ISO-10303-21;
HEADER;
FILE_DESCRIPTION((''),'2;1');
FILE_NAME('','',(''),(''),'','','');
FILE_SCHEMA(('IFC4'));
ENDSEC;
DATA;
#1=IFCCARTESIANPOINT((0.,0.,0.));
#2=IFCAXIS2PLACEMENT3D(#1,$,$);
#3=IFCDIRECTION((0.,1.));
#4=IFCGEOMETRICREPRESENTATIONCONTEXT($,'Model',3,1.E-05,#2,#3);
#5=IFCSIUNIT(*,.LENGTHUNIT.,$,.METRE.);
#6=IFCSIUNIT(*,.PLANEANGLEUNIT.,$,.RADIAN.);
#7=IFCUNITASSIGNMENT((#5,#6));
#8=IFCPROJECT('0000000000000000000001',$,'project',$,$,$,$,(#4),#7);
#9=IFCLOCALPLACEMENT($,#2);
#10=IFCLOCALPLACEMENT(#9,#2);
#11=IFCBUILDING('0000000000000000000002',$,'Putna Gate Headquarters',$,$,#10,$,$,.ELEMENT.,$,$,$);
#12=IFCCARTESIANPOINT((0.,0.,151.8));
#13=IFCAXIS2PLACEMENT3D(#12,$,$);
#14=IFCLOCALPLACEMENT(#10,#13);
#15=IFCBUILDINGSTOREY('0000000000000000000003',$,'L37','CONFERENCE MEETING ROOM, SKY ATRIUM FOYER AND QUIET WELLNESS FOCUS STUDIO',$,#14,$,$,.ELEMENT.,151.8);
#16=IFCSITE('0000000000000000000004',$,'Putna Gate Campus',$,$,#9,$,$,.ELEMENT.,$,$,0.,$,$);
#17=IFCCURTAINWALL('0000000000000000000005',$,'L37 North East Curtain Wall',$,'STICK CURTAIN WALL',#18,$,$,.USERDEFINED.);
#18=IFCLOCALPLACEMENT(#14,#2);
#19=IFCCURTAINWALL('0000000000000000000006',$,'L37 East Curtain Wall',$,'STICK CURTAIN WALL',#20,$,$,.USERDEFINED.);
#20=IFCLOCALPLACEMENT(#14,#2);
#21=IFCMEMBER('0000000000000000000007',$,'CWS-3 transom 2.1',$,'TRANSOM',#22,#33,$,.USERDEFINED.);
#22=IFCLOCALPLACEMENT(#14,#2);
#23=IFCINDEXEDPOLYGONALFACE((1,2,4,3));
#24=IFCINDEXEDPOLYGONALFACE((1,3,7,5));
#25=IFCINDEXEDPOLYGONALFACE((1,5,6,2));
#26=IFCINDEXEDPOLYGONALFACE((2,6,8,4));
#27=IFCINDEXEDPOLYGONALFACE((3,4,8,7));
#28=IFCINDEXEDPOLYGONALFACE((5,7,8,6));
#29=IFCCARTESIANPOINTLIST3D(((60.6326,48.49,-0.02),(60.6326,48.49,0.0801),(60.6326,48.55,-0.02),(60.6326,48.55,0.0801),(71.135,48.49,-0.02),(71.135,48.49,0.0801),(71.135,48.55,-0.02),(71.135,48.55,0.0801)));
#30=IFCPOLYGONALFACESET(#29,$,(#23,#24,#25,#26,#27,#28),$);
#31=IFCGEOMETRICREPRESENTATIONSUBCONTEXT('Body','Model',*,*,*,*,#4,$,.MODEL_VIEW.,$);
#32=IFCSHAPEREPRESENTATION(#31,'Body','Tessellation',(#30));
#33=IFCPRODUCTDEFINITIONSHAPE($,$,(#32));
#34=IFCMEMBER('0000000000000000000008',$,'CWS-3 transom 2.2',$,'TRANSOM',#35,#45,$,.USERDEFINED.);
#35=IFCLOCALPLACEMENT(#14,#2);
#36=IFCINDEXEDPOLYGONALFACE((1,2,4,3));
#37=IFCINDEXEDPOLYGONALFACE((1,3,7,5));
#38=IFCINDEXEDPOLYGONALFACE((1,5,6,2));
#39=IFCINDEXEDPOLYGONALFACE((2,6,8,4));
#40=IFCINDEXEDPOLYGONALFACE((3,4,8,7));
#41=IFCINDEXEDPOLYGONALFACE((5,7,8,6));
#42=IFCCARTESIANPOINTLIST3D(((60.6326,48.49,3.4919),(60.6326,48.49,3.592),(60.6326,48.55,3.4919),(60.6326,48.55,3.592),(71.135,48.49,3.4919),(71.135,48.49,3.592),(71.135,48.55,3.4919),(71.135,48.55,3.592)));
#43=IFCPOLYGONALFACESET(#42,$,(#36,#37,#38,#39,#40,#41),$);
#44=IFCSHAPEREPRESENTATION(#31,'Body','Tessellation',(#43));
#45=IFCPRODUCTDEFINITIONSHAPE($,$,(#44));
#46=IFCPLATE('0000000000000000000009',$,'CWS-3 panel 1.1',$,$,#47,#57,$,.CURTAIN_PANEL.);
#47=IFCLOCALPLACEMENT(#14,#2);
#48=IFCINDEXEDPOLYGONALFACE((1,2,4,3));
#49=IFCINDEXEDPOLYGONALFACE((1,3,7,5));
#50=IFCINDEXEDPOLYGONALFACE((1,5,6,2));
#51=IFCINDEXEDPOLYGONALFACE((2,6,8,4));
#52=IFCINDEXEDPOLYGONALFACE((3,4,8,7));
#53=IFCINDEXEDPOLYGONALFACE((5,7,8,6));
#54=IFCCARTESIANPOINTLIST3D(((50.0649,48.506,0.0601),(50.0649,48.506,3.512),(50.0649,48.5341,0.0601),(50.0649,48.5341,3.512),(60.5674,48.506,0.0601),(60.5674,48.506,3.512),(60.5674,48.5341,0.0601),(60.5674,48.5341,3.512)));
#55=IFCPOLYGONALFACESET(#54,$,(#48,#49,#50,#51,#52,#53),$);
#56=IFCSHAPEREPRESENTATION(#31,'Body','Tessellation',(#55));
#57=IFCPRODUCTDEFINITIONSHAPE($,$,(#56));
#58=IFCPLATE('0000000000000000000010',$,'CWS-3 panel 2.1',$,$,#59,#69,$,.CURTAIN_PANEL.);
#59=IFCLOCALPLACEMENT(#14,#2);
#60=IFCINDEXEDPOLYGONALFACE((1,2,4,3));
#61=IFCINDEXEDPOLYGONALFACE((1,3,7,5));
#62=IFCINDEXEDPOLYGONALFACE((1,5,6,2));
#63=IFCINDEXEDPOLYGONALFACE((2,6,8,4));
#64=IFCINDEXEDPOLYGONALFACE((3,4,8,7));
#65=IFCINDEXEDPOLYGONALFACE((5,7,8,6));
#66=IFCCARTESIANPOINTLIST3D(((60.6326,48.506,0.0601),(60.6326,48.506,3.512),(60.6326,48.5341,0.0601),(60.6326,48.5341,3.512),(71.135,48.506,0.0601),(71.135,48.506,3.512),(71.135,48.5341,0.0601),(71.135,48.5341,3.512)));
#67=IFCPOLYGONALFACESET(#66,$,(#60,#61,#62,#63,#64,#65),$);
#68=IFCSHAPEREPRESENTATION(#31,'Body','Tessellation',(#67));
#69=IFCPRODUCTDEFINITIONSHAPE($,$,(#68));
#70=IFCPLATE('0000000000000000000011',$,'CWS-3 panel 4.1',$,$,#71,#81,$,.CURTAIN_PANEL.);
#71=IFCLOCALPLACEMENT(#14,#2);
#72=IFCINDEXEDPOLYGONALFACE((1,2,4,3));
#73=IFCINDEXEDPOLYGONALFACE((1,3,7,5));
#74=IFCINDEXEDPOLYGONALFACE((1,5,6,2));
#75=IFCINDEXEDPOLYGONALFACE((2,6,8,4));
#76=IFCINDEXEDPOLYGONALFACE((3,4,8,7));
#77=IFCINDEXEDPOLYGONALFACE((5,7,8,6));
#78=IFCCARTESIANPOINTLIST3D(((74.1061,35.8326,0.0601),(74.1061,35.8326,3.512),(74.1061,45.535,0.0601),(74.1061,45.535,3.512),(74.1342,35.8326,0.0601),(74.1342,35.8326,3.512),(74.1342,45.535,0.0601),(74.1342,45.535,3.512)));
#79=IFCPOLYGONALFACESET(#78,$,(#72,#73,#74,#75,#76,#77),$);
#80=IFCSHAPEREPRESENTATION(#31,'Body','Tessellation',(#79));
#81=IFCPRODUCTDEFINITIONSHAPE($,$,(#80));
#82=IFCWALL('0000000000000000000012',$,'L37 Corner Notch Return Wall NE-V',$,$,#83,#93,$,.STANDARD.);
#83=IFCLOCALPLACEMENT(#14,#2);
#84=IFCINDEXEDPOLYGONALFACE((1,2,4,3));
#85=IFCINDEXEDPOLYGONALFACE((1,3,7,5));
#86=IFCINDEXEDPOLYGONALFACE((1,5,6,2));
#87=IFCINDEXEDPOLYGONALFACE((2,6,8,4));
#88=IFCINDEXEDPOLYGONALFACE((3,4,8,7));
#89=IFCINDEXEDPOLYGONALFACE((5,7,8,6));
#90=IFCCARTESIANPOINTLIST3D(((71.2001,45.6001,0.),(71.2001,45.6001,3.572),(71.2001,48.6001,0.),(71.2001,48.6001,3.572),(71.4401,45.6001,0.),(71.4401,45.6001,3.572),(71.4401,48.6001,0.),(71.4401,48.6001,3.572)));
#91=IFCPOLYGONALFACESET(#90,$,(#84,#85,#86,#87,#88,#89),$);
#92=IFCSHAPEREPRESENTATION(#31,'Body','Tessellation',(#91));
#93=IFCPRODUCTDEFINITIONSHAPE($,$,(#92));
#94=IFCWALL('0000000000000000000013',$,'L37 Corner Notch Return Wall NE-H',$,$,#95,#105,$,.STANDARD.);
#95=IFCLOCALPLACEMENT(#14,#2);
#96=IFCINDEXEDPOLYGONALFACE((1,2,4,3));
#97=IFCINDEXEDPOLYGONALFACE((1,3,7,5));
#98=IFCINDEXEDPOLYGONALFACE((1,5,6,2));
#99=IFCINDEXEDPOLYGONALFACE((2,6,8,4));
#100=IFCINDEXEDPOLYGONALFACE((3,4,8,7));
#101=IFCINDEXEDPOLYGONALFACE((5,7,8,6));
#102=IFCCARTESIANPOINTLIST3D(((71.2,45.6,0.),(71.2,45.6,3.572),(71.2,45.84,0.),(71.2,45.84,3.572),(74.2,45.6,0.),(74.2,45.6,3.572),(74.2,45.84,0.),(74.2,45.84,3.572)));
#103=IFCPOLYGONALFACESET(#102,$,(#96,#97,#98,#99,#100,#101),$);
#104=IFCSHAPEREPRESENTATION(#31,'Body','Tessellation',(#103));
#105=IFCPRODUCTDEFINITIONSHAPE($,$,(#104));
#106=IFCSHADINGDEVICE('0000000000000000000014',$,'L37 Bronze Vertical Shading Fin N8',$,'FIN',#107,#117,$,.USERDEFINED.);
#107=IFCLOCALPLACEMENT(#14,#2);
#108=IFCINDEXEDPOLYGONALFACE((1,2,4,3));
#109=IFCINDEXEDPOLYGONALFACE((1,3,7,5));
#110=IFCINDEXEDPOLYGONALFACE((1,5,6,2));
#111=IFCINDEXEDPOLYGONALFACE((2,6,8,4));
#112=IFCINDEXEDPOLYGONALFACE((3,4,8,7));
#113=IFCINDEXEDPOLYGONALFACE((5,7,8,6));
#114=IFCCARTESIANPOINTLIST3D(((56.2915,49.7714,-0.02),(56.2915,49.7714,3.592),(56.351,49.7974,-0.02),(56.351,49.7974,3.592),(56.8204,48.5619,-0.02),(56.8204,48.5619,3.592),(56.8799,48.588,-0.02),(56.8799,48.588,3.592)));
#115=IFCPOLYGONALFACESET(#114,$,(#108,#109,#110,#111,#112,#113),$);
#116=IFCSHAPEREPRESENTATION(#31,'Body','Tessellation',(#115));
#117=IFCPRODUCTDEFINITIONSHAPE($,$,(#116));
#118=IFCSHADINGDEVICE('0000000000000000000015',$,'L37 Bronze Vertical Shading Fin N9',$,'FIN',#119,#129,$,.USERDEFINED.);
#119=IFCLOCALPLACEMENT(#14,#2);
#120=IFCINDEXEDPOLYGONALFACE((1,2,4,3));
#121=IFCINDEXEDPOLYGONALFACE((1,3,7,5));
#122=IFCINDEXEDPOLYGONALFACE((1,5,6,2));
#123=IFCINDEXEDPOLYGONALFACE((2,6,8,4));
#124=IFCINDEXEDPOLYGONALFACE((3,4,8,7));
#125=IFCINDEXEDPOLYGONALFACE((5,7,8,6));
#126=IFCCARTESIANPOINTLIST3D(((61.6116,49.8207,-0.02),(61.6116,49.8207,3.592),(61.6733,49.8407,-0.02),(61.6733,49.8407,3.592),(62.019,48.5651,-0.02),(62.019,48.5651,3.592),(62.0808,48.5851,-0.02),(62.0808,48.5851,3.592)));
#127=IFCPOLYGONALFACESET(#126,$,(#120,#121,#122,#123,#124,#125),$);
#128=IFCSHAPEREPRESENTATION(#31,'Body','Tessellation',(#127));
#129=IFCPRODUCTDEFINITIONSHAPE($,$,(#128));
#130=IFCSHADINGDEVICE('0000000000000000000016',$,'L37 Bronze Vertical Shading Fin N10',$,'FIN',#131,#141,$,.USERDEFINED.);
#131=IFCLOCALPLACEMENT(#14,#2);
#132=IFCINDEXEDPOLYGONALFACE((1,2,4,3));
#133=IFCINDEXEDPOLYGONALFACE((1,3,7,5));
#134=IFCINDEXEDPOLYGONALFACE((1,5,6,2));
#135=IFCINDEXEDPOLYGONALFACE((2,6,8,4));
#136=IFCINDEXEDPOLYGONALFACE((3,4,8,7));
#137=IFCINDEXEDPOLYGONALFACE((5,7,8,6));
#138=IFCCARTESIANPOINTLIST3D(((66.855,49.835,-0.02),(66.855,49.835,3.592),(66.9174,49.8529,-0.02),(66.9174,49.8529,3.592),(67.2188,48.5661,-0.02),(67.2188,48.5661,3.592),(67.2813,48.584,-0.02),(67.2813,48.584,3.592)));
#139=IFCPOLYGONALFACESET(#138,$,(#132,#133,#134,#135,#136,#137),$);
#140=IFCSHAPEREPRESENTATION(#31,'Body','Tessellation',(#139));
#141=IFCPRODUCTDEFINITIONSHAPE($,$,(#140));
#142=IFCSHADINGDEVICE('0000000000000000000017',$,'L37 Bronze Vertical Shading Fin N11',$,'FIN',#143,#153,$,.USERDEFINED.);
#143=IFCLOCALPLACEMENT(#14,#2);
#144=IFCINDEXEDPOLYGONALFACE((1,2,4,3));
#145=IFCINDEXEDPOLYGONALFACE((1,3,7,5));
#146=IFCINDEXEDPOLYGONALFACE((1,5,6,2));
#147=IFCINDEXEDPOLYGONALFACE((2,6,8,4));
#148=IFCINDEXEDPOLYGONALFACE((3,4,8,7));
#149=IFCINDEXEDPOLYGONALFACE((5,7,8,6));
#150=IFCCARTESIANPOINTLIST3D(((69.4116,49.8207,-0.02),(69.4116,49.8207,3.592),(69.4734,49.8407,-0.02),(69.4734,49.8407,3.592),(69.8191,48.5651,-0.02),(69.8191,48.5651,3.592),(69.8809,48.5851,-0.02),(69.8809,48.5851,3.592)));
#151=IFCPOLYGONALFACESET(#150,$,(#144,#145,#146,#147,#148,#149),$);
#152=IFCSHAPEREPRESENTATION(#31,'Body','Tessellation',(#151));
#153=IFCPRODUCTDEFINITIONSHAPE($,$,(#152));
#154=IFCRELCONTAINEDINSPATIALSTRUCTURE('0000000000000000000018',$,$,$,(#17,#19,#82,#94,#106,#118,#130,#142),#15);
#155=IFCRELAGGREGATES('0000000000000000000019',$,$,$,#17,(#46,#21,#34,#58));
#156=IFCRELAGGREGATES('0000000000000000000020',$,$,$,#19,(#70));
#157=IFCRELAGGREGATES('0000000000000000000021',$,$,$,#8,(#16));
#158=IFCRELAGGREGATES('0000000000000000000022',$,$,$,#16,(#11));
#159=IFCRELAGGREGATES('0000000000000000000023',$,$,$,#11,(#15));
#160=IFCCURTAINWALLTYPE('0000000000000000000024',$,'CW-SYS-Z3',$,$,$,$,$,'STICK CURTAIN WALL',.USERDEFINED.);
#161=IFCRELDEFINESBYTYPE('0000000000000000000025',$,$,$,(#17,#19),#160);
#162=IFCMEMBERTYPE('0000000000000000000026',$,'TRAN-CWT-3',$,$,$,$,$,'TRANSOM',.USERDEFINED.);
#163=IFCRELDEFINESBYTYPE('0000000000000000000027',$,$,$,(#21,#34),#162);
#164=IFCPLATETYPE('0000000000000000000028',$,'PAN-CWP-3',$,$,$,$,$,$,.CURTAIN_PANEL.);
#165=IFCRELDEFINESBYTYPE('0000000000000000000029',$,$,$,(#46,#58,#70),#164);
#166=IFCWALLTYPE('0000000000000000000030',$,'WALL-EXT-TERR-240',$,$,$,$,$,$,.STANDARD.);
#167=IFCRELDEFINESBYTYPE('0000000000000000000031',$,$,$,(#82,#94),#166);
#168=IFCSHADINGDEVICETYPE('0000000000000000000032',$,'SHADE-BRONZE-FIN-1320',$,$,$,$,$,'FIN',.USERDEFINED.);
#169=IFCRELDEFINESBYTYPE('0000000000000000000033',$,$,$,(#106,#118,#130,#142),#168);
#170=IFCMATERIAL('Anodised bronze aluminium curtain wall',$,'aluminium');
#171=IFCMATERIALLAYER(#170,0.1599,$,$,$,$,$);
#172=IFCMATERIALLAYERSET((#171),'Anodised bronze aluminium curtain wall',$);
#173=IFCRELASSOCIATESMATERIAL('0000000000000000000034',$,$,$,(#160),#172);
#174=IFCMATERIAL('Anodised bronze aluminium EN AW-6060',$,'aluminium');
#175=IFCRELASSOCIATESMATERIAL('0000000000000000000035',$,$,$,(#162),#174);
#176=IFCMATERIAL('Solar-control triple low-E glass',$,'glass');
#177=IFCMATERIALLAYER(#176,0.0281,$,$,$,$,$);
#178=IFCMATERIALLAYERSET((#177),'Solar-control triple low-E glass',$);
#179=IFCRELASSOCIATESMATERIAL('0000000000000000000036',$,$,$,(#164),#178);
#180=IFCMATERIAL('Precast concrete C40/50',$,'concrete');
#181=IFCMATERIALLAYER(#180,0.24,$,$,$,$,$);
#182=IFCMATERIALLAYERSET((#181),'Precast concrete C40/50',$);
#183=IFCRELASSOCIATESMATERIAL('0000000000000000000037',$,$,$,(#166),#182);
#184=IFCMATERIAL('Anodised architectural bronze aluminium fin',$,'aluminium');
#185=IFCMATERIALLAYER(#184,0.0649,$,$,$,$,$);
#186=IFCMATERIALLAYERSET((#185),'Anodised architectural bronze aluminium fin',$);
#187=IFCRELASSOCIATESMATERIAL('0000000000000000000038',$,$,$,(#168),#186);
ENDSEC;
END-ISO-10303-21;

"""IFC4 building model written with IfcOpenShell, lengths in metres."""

from ifc_helpers import new_model, si_unit, direction, frame, frame_2d, origin, origin_2d, place, context, subcontext, project, spatial, rectangle, extrude, material, layer, layer_set, material_profile, profile_set, type_object, element, aggregate, save


model = new_model("IFC4")

# Units and contexts
model_context = context("Model", 3, precision=1e-05, world=origin(), true_north=direction((0.0, 1.0)))
body_context = subcontext(model_context, "Body", "Model", "MODEL_VIEW")
ifc_project = project(units=[si_unit("LENGTHUNIT", "METRE"), si_unit("PLANEANGLEUNIT", "RADIAN")], contexts=[model_context])

# Site, building, storey
site_placement = place(None, origin())
site = spatial("IfcSite", under=ifc_project, at=site_placement, Name="Putna Gate Campus", CompositionType="ELEMENT", RefElevation=0.0)
building_placement = place(site_placement, origin())
building = spatial("IfcBuilding", under=site, at=building_placement, Name="Putna Gate Headquarters", CompositionType="ELEMENT")
storey_placement = place(building_placement, frame((0.0, 0.0, 151.8)))
storey = spatial("IfcBuildingStorey", under=building, at=storey_placement, Name="L37", Description="CONFERENCE MEETING ROOM, SKY ATRIUM FOYER AND QUIET WELLNESS FOCUS STUDIO", CompositionType="ELEMENT", Elevation=151.8)

# Curtain wall
ifc_material_1 = material(Name="Anodised bronze aluminium curtain wall", Category="aluminium")
ifc_layer_1 = layer(ifc_material_1, 0.1599)
ifc_layer_set_1 = layer_set([ifc_layer_1], Name="Anodised bronze aluminium curtain wall")
curtain_wall_type = type_object("IfcCurtainWallType", Name="CW-SYS-Z3", ElementType="STICK CURTAIN WALL", PredefinedType="USERDEFINED", material=ifc_layer_set_1)
curtain_wall_1_placement = place(storey_placement, origin())
curtain_wall_1 = element("IfcCurtainWall", 1, at=curtain_wall_1_placement, inside=storey, type_object=curtain_wall_type, Name="L37 North East Curtain Wall", ObjectType="STICK CURTAIN WALL", PredefinedType="USERDEFINED")
ifc_material_2 = material(Name="Anodised bronze aluminium EN AW-6060", Category="aluminium")

# Curtain wall
curtain_wall_2_placement = place(storey_placement, origin())
curtain_wall_2 = element("IfcCurtainWall", 2, at=curtain_wall_2_placement, inside=storey, type_object=curtain_wall_type, Name="L37 East Curtain Wall", ObjectType="STICK CURTAIN WALL", PredefinedType="USERDEFINED")

# Members
ifc_material_profile_1 = material_profile(ifc_material_2, rectangle(XDim=0.0601, YDim=0.1001, at=origin_2d()), Name="Anodised bronze aluminium EN AW-6060")
ifc_profile_set_1 = profile_set([ifc_material_profile_1], Name="Anodised bronze aluminium EN AW-6060")
member_type_1 = type_object("IfcMemberType", Name="TRAN-CWT-3", ElementType="TRANSOM", PredefinedType="USERDEFINED", material=ifc_profile_set_1)
member_1_placement = place(storey_placement, frame((60.6326, 48.52, 0.03), z_axis=(1.0, 0.0, 0.0), x_axis=(0.0, 1.0, 0.0)))
member_1 = element("IfcMember", 3, at=member_1_placement, type_object=member_type_1, Name="CWS-3 transom 2.1", ObjectType="TRANSOM", PredefinedType="USERDEFINED", context=body_context, shape_type="SweptSolid", body=[
    extrude(rectangle(XDim=0.0601, YDim=0.1001, at=origin_2d()), origin(), (0.0, 0.0, 1.0), 10.5024),
])
member_2_placement = place(storey_placement, frame((60.6326, 48.52, 3.542), z_axis=(1.0, 0.0, 0.0), x_axis=(0.0, 1.0, 0.0)))
member_2 = element("IfcMember", 4, at=member_2_placement, type_object=member_type_1, Name="CWS-3 transom 2.2", ObjectType="TRANSOM", PredefinedType="USERDEFINED", context=body_context, shape_type="SweptSolid", body=[
    extrude(rectangle(XDim=0.0601, YDim=0.1001, at=origin_2d()), origin(), (0.0, 0.0, 1.0), 10.5024),
])

# Plates
ifc_material_3 = material(Name="Solar-control triple low-E glass", Category="glass")
ifc_layer_2 = layer(ifc_material_3, 0.0281)
ifc_layer_set_2 = layer_set([ifc_layer_2], Name="Solar-control triple low-E glass")
plate_type = type_object("IfcPlateType", Name="PAN-CWP-3", PredefinedType="CURTAIN_PANEL", material=ifc_layer_set_2)
plate_1_placement = place(storey_placement, frame((55.3162, 48.52, 0.0601), z_axis=(0.0, 0.0, 1.0), x_axis=(1.0, 0.0, 0.0)))
plate_1 = element("IfcPlate", 5, at=plate_1_placement, type_object=plate_type, Name="CWS-3 panel 1.1", PredefinedType="CURTAIN_PANEL", context=body_context, shape_type="SweptSolid", body=[
    extrude(rectangle(XDim=10.5024, YDim=0.0281, at=origin_2d()), origin(), (0.0, 0.0, 1.0), 3.4519),
])
plate_2_placement = place(storey_placement, frame((65.8838, 48.52, 0.0601), z_axis=(0.0, 0.0, 1.0), x_axis=(1.0, 0.0, 0.0)))
plate_2 = element("IfcPlate", 6, at=plate_2_placement, type_object=plate_type, Name="CWS-3 panel 2.1", PredefinedType="CURTAIN_PANEL", context=body_context, shape_type="SweptSolid", body=[
    extrude(rectangle(XDim=10.5024, YDim=0.0281, at=origin_2d()), origin(), (0.0, 0.0, 1.0), 3.4519),
])
aggregate(curtain_wall_1, [plate_1, member_1, member_2, plate_2])
plate_3_placement = place(storey_placement, frame((74.1201, 40.6838, 0.0601), z_axis=(0.0, 0.0, 1.0), x_axis=(0.0, 1.0, 0.0)))
plate_3 = element("IfcPlate", 7, at=plate_3_placement, type_object=plate_type, Name="CWS-3 panel 4.1", PredefinedType="CURTAIN_PANEL", context=body_context, shape_type="SweptSolid", body=[
    extrude(rectangle(XDim=9.7024, YDim=0.0281, at=origin_2d()), origin(), (0.0, 0.0, 1.0), 3.4519),
])
aggregate(curtain_wall_2, [plate_3])

# Walls
ifc_material_4 = material(Name="Precast concrete C40/50", Category="concrete")
ifc_layer_3 = layer(ifc_material_4, 0.24)
ifc_layer_set_3 = layer_set([ifc_layer_3], Name="Precast concrete C40/50")
wall_type = type_object("IfcWallType", Name="WALL-EXT-TERR-240", PredefinedType="STANDARD", material=ifc_layer_set_3)
for number, where, z_axis, x_axis, name in (
    (8, (71.3201, 48.6001, 0.0), (0.0, 0.0, 1.0), (0.0, -1.0, 0.0), "L37 Corner Notch Return Wall NE-V"),
    (9, (71.2, 45.72, 0.0), (0.0, 0.0, 1.0), (1.0, 0.0, 0.0), "L37 Corner Notch Return Wall NE-H"),
):
    element("IfcWall", number, at=place(storey_placement, frame(where, z_axis=z_axis, x_axis=x_axis)), inside=storey, type_object=wall_type, Name=name, PredefinedType="STANDARD", context=body_context, shape_type="SweptSolid", body=[
        extrude(rectangle(XDim=3.0, YDim=0.24, at=frame_2d((1.5, 0.0))), origin(), (0.0, 0.0, 1.0), 3.572),
    ])

# Shading devices
ifc_material_5 = material(Name="Anodised architectural bronze aluminium fin", Category="aluminium")
ifc_layer_4 = layer(ifc_material_5, 0.0649)
ifc_layer_set_4 = layer_set([ifc_layer_4], Name="Anodised architectural bronze aluminium fin")
shading_device_type = type_object("IfcShadingDeviceType", Name="SHADE-BRONZE-FIN-1320", ElementType="FIN", PredefinedType="USERDEFINED", material=ifc_layer_set_4)
for number, where, z_axis, x_axis, name in (
    (10, (56.5857, 49.1797, -0.02), (0.0, 0.0, 1.0), (-0.400669, 0.916223, 0.0), "L37 Bronze Vertical Shading Fin N8"),
    (11, (61.8462, 49.2029, -0.02), (0.0, 0.0, 1.0), (-0.308685, 0.951164, 0.0), "L37 Bronze Vertical Shading Fin N9"),
    (12, (67.0681, 49.2095, -0.02), (0.0, 0.0, 1.0), (-0.275637, 0.961262, 0.0), "L37 Bronze Vertical Shading Fin N10"),
    (13, (69.6462, 49.2029, -0.02), (0.0, 0.0, 1.0), (-0.308685, 0.951164, 0.0), "L37 Bronze Vertical Shading Fin N11"),
):
    element("IfcShadingDevice", number, at=place(storey_placement, frame(where, z_axis=z_axis, x_axis=x_axis)), inside=storey, type_object=shading_device_type, Name=name, ObjectType="FIN", PredefinedType="USERDEFINED", context=body_context, shape_type="SweptSolid", body=[
        extrude(rectangle(XDim=1.3201, YDim=0.0649, at=origin_2d()), origin(), (0.0, 0.0, 1.0), 3.6121),
    ])

save(model, "model.ifc")
